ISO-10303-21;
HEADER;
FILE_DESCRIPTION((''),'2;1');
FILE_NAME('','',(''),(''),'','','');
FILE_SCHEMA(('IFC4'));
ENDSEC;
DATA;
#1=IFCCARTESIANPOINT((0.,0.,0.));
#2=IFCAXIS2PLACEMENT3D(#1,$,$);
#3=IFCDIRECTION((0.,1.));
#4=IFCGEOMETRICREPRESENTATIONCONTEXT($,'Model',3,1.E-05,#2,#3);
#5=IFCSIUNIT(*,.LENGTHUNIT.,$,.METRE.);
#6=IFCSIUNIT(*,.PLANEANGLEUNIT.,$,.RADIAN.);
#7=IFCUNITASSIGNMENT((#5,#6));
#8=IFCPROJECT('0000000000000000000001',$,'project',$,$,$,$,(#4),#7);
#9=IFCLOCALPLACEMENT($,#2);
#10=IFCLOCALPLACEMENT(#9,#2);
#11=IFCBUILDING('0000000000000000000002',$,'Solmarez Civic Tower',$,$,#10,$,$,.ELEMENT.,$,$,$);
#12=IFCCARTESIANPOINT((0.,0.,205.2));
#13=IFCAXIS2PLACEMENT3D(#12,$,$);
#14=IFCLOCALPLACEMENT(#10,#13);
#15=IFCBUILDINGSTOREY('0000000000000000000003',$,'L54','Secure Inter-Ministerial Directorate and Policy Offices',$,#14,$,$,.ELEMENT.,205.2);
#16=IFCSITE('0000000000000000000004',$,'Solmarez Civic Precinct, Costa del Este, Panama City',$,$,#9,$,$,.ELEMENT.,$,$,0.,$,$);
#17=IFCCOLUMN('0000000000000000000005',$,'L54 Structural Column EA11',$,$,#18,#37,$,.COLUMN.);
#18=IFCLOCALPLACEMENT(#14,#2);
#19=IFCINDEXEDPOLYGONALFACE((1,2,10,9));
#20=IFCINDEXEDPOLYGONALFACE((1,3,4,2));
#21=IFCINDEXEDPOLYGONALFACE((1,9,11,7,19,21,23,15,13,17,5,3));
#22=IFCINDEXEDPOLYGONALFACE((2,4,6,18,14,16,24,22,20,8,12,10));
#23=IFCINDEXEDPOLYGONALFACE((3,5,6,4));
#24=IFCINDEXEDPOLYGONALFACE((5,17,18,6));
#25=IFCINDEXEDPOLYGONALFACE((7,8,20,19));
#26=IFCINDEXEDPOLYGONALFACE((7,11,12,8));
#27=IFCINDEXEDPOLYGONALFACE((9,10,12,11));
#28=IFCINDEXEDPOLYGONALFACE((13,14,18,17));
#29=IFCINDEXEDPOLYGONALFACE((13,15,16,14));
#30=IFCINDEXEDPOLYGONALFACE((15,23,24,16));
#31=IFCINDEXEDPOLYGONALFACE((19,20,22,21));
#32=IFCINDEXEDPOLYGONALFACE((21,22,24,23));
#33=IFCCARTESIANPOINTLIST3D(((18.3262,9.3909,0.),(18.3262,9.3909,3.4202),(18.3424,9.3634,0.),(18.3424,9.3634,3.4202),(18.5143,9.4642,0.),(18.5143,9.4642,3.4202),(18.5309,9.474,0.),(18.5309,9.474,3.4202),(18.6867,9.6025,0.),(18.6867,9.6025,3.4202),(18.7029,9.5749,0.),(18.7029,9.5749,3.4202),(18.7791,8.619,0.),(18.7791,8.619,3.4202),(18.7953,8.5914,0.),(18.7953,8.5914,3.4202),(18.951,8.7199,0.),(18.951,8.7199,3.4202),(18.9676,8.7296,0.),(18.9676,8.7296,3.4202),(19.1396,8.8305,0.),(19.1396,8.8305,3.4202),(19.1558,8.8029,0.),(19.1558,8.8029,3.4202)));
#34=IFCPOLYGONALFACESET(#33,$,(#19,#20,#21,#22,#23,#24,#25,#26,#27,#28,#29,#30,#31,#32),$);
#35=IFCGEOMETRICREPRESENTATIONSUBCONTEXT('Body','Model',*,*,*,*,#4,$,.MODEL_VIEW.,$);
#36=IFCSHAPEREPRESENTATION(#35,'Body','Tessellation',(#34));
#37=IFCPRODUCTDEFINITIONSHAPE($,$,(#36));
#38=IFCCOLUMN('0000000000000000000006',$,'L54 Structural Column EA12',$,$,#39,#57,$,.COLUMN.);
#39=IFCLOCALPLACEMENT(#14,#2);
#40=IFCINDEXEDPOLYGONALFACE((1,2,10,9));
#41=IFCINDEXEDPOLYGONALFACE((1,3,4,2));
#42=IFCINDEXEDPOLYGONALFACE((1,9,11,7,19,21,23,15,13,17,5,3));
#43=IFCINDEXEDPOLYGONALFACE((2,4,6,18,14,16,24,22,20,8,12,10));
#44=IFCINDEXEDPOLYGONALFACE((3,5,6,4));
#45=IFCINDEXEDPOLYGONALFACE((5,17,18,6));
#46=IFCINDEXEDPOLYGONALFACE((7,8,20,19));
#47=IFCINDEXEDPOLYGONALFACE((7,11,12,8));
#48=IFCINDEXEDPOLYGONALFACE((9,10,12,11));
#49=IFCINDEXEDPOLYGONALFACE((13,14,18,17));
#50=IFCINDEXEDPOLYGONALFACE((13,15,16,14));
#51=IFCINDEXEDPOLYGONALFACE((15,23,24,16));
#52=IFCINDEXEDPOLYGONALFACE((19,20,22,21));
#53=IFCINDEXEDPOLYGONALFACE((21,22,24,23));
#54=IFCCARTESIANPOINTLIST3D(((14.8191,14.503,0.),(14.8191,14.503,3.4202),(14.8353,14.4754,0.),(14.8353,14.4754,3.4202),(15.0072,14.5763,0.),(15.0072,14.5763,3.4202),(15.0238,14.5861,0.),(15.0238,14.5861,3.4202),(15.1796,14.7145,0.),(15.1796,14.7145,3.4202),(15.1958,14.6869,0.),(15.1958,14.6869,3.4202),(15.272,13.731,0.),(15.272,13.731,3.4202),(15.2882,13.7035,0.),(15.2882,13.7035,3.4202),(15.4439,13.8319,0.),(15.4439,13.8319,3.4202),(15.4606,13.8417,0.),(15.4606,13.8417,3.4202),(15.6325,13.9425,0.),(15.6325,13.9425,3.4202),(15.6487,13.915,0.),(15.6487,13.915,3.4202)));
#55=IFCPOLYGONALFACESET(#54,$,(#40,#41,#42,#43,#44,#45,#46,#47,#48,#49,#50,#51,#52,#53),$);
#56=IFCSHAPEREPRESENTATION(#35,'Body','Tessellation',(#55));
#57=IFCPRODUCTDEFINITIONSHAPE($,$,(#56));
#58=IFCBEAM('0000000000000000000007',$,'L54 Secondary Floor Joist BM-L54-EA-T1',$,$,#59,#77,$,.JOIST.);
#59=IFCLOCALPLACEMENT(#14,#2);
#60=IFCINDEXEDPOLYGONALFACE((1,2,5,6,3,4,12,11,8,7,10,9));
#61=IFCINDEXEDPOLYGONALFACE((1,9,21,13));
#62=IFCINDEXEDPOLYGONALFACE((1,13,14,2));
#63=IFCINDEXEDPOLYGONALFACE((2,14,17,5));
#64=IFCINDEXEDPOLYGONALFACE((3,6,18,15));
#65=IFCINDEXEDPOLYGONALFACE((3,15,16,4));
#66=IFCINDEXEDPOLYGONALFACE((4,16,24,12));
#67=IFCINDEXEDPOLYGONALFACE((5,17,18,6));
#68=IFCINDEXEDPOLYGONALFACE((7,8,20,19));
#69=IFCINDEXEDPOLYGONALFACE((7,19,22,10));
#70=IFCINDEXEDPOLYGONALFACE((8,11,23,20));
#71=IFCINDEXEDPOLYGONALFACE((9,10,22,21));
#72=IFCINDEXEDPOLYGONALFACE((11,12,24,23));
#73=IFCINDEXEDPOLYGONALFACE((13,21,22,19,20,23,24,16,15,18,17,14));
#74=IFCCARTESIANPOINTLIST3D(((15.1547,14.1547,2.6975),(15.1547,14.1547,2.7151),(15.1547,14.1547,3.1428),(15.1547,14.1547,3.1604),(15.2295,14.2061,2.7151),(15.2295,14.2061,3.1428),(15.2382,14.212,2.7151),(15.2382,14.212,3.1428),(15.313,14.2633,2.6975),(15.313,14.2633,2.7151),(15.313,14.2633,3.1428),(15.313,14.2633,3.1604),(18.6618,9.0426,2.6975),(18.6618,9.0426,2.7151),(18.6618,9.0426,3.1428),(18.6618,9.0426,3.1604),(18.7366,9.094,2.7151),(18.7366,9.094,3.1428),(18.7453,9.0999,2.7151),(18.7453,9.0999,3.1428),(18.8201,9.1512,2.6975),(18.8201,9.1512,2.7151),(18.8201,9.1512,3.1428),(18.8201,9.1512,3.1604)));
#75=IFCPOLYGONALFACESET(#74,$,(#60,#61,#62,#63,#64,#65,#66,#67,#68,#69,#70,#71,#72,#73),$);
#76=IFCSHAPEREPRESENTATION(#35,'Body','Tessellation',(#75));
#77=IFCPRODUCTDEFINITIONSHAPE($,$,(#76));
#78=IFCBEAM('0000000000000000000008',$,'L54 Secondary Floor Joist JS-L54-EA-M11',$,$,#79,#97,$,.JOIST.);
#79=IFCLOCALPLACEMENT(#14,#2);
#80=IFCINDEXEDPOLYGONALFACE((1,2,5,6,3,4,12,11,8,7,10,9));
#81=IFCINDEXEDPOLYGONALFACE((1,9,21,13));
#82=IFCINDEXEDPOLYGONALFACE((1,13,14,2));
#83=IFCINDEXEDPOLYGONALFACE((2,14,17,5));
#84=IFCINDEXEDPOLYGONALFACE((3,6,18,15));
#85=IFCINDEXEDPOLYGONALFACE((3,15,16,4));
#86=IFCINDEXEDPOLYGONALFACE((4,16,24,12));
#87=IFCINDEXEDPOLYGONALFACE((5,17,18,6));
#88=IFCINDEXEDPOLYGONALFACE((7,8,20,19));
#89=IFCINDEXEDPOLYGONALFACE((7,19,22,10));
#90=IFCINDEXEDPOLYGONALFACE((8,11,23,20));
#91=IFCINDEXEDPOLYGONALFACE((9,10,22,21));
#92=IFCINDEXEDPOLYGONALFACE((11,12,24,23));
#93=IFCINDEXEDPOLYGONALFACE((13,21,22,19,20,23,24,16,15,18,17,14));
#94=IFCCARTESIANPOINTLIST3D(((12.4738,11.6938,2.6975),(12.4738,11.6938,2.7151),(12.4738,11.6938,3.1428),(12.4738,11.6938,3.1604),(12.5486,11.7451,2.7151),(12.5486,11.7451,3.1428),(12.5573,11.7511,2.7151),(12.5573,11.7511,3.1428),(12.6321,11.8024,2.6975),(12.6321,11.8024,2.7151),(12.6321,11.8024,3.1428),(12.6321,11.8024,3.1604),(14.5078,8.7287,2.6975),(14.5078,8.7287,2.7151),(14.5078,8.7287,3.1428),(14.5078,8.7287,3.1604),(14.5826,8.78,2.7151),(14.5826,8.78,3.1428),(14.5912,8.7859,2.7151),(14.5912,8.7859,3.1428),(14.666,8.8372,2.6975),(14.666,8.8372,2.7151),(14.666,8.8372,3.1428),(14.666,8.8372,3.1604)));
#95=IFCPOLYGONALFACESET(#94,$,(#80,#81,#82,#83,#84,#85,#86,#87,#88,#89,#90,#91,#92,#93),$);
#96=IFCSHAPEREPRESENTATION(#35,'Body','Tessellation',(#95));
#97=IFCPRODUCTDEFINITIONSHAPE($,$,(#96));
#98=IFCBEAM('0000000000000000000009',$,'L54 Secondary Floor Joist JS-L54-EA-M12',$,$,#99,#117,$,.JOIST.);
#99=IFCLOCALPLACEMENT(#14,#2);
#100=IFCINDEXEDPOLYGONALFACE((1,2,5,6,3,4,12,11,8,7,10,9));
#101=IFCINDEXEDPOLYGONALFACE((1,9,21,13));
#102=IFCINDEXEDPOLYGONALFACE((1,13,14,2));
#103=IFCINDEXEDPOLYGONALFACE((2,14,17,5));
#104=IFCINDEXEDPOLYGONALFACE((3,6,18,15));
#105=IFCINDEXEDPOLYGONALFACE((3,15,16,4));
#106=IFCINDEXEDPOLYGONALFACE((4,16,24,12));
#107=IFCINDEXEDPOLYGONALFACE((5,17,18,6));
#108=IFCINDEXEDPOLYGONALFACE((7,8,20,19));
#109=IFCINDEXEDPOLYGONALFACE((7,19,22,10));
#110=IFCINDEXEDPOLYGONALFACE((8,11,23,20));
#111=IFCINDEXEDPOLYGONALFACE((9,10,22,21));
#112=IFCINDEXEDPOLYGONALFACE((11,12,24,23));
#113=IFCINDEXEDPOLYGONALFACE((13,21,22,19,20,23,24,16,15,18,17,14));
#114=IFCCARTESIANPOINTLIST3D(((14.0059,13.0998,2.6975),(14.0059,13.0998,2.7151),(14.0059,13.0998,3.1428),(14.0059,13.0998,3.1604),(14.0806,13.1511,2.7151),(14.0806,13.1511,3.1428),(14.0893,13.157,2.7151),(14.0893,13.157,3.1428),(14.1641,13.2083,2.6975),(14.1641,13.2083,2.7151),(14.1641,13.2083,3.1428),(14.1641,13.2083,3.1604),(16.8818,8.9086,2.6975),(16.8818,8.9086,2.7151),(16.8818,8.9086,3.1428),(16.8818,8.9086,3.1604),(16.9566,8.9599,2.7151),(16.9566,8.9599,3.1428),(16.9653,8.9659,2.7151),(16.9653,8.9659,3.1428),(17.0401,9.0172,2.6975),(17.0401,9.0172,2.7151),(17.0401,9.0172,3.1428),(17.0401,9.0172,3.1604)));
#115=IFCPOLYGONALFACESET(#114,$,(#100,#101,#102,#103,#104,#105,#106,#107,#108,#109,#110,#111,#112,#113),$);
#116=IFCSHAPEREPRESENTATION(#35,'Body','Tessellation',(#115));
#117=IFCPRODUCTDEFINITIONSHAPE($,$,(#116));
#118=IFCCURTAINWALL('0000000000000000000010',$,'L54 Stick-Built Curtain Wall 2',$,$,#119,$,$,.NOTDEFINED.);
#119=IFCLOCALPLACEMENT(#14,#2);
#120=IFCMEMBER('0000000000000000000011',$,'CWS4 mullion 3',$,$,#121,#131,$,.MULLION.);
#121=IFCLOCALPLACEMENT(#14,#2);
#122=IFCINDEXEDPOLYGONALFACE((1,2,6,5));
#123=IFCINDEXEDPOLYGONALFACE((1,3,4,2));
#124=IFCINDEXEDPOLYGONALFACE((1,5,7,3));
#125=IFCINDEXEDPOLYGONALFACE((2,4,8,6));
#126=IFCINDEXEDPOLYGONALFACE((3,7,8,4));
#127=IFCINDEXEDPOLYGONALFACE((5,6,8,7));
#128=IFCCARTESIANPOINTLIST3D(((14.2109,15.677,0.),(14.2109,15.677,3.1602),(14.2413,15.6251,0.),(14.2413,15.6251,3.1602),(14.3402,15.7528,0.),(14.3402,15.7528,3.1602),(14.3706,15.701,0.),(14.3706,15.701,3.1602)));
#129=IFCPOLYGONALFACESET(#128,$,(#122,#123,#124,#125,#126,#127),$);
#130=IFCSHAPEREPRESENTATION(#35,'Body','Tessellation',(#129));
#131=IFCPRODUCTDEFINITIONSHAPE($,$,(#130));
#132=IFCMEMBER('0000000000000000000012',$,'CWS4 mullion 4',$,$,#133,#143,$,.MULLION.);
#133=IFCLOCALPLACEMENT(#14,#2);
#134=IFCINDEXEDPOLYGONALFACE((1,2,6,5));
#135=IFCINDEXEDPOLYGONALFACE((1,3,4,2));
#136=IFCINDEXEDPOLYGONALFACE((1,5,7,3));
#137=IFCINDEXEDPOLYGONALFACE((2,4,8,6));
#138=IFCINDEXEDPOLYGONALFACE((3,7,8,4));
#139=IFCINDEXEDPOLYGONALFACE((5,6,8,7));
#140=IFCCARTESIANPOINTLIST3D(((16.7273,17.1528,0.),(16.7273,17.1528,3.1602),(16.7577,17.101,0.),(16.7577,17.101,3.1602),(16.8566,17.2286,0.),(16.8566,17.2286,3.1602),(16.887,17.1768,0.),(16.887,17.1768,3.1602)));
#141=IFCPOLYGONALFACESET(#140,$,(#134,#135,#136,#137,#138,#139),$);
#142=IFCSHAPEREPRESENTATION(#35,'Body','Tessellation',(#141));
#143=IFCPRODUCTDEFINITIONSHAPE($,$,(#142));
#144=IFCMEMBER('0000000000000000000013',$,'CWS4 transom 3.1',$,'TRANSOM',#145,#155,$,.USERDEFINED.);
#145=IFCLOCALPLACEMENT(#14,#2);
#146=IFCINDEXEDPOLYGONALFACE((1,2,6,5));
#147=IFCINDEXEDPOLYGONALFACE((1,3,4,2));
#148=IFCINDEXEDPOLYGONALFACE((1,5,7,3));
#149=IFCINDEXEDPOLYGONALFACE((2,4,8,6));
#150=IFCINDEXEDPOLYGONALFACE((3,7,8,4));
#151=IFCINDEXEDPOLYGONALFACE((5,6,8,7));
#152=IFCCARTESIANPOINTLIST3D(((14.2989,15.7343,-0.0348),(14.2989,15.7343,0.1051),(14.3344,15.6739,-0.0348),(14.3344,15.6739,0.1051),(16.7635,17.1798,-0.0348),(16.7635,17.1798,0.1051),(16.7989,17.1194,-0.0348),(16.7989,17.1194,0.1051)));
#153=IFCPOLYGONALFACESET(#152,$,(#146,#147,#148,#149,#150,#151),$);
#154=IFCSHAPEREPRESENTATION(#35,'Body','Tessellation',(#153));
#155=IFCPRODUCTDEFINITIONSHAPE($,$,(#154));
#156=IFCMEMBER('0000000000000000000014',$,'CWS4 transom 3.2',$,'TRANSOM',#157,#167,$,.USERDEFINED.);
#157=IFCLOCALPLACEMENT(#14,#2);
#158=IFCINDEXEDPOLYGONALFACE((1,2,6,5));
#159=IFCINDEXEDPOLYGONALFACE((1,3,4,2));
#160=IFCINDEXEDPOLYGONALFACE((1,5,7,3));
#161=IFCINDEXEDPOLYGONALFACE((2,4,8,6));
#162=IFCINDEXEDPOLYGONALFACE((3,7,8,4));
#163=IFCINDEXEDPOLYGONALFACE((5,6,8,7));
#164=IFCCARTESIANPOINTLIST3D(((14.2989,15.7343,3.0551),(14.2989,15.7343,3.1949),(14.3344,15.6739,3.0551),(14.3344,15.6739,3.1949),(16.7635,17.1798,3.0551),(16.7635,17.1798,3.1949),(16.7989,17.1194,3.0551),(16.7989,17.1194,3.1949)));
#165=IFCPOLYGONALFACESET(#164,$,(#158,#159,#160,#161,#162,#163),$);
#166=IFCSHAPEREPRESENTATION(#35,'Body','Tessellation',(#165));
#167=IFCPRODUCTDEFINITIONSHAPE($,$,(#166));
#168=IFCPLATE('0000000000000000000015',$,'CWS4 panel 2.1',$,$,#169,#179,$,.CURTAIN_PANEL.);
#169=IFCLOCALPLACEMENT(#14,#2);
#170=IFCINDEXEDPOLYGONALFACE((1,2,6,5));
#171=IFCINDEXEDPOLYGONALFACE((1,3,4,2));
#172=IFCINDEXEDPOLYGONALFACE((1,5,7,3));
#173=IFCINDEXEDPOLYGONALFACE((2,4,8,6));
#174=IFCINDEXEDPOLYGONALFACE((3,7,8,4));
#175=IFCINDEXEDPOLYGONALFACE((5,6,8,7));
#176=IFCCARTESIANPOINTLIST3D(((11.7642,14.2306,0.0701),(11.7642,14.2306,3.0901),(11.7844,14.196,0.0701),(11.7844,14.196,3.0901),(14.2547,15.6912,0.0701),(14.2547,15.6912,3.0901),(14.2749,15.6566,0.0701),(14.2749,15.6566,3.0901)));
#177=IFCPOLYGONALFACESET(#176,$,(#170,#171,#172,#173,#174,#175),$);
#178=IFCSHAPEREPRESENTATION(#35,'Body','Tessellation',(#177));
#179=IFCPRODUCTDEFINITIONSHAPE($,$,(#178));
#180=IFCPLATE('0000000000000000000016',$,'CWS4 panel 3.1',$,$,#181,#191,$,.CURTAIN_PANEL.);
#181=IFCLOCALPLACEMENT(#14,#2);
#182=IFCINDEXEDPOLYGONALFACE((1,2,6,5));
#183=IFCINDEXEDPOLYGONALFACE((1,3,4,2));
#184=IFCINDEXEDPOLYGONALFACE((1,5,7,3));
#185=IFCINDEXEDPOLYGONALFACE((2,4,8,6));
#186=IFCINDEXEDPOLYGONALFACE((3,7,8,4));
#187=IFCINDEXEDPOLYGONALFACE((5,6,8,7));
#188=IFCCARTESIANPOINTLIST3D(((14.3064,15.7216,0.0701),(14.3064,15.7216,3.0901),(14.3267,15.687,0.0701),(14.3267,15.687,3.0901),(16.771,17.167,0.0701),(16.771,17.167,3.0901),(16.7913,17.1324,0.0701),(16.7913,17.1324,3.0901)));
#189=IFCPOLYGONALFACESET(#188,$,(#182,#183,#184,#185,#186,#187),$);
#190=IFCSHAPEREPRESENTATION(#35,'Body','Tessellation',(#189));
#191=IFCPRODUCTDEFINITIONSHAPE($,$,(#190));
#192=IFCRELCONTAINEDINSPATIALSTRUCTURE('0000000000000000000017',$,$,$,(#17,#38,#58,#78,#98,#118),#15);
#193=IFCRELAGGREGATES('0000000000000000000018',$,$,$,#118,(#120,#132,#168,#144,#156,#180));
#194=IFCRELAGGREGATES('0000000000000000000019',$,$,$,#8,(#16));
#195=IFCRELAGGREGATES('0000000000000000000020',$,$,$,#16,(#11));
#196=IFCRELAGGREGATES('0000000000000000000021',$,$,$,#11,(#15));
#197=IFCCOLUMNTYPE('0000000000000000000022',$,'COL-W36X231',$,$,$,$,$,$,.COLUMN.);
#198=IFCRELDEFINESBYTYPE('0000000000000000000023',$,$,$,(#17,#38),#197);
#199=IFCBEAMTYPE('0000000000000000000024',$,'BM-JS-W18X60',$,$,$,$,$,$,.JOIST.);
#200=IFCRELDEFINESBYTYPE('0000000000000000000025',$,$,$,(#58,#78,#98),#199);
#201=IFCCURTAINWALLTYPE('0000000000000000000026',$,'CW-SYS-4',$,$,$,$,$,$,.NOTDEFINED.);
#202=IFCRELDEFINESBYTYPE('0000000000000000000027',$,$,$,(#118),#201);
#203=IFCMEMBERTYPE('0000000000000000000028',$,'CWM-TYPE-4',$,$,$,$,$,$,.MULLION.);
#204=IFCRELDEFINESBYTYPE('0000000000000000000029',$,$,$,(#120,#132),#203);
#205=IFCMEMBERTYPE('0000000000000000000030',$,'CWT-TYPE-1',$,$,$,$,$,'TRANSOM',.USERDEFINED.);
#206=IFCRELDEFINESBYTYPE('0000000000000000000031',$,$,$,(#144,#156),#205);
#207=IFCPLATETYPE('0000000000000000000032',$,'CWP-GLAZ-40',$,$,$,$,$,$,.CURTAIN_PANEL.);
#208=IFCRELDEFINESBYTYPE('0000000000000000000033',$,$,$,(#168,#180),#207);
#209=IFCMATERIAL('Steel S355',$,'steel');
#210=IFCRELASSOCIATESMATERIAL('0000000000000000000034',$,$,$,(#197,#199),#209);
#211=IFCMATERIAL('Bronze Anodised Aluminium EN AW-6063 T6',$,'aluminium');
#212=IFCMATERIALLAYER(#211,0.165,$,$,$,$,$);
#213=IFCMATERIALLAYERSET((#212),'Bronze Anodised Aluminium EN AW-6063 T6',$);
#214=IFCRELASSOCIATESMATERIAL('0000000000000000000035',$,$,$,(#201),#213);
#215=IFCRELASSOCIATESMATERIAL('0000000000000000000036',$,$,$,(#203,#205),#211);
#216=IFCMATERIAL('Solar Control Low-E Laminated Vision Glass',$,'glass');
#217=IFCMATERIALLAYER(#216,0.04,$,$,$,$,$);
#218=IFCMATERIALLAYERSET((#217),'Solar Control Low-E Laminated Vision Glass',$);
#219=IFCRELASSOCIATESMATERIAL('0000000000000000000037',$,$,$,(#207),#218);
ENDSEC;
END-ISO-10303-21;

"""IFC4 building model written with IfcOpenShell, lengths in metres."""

from ifc_helpers import new_model, si_unit, direction, frame, origin, origin_2d, place, context, subcontext, project, spatial, rectangle, i_section, extrude, material, layer, layer_set, material_profile, profile_set, type_object, element, aggregate, save


model = new_model("IFC4")

# Units and contexts
model_context = context("Model", 3, precision=1e-05, world=origin(), true_north=direction((0.0, 1.0)))
body_context = subcontext(model_context, "Body", "Model", "MODEL_VIEW")
ifc_project = project(units=[si_unit("LENGTHUNIT", "METRE"), si_unit("PLANEANGLEUNIT", "RADIAN")], contexts=[model_context])

# Site, building, storey
site_placement = place(None, origin())
site = spatial("IfcSite", under=ifc_project, at=site_placement, Name="Solmarez Civic Precinct, Costa del Este, Panama City", CompositionType="ELEMENT", RefElevation=0.0)
building_placement = place(site_placement, origin())
building = spatial("IfcBuilding", under=site, at=building_placement, Name="Solmarez Civic Tower", CompositionType="ELEMENT")
storey_placement = place(building_placement, frame((0.0, 0.0, 205.2)))
storey = spatial("IfcBuildingStorey", under=building, at=storey_placement, Name="L54", Description="Secure Inter-Ministerial Directorate and Policy Offices", CompositionType="ELEMENT", Elevation=205.2)

# Columns
ifc_material_1 = material(Name="Steel S355", Category="steel")
ifc_material_profile_1 = material_profile(ifc_material_1, i_section(OverallWidth=0.418, OverallDepth=0.927, WebThickness=0.0193, FlangeThickness=0.032, at=origin_2d()), Name="W36X231")
ifc_profile_set_1 = profile_set([ifc_material_profile_1], Name="Steel S355")
column_type = type_object("IfcColumnType", Name="COL-W36X231", PredefinedType="COLUMN", material=ifc_profile_set_1)
for number, where, z_axis, x_axis, name in (
    (1, (18.741, 9.0969, 0.0), (0.0, 0.0, 1.0), (0.862514, 0.506034, 0.0), "L54 Structural Column EA11"),
    (2, (15.2339, 14.209, 0.0), (0.0, 0.0, 1.0), (0.862514, 0.506034, 0.0), "L54 Structural Column EA12"),
):
    element("IfcColumn", number, at=place(storey_placement, frame(where, z_axis=z_axis, x_axis=x_axis)), inside=storey, type_object=column_type, Name=name, PredefinedType="COLUMN", context=body_context, shape_type="SweptSolid", body=[
        extrude(i_section(OverallWidth=0.418, OverallDepth=0.927, WebThickness=0.0193, FlangeThickness=0.032, at=origin_2d()), origin(), (0.0, 0.0, 1.0), 3.4202),
    ])

# Beams
ifc_material_profile_2 = material_profile(ifc_material_1, i_section(OverallWidth=0.1919, OverallDepth=0.4629, WebThickness=0.0105, FlangeThickness=0.0176, at=origin_2d()), Name="W18X60")
ifc_profile_set_2 = profile_set([ifc_material_profile_2], Name="Steel S355")
beam_type = type_object("IfcBeamType", Name="BM-JS-W18X60", PredefinedType="JOIST", material=ifc_profile_set_2)
beam_1_placement = place(storey_placement, frame((18.741, 9.0969, 2.929), z_axis=(-0.565711, 0.824603, 0.0), x_axis=(-0.824603, -0.565711, 0.0)))
element("IfcBeam", 3, at=beam_1_placement, inside=storey, type_object=beam_type, Name="L54 Secondary Floor Joist BM-L54-EA-T1", PredefinedType="JOIST", context=body_context, shape_type="SweptSolid", body=[
    extrude(i_section(OverallWidth=0.1919, OverallDepth=0.4629, WebThickness=0.0105, FlangeThickness=0.0176, at=origin_2d()), origin(), (0.0, 0.0, 1.0), 6.1995),
])
beam_2_placement = place(storey_placement, frame((14.5869, 8.783, 2.929), z_axis=(-0.565667, 0.824634, 0.0), x_axis=(-0.824634, -0.565667, 0.0)))
element("IfcBeam", 4, at=beam_2_placement, inside=storey, type_object=beam_type, Name="L54 Secondary Floor Joist JS-L54-EA-M11", PredefinedType="JOIST", context=body_context, shape_type="SweptSolid", body=[
    extrude(i_section(OverallWidth=0.1919, OverallDepth=0.4629, WebThickness=0.0105, FlangeThickness=0.0176, at=origin_2d()), origin(), (0.0, 0.0, 1.0), 3.5957),
])
beam_3_placement = place(storey_placement, frame((16.9609, 8.9629, 2.929), z_axis=(-0.565801, 0.824542, 0.0), x_axis=(-0.824542, -0.565801, 0.0)))
element("IfcBeam", 5, at=beam_3_placement, inside=storey, type_object=beam_type, Name="L54 Secondary Floor Joist JS-L54-EA-M12", PredefinedType="JOIST", context=body_context, shape_type="SweptSolid", body=[
    extrude(i_section(OverallWidth=0.1919, OverallDepth=0.4629, WebThickness=0.0105, FlangeThickness=0.0176, at=origin_2d()), origin(), (0.0, 0.0, 1.0), 5.083),
])

# Curtain wall, members, plates
ifc_material_2 = material(Name="Bronze Anodised Aluminium EN AW-6063 T6", Category="aluminium")
ifc_layer_1 = layer(ifc_material_2, 0.165)
ifc_layer_set_1 = layer_set([ifc_layer_1], Name="Bronze Anodised Aluminium EN AW-6063 T6")
curtain_wall_type = type_object("IfcCurtainWallType", Name="CW-SYS-4", PredefinedType="NOTDEFINED", material=ifc_layer_set_1)
curtain_wall_placement = place(storey_placement, origin())
curtain_wall = element("IfcCurtainWall", 6, at=curtain_wall_placement, inside=storey, type_object=curtain_wall_type, Name="L54 Stick-Built Curtain Wall 2", PredefinedType="NOTDEFINED")
ifc_material_profile_3 = material_profile(ifc_material_2, rectangle(XDim=0.0601, YDim=0.1499, at=origin_2d()), Name="CWM-60X150")
ifc_profile_set_3 = profile_set([ifc_material_profile_3], Name="Bronze Anodised Aluminium EN AW-6063 T6")
member_type_1 = type_object("IfcMemberType", Name="CWM-TYPE-4", PredefinedType="MULLION", material=ifc_profile_set_3)
member_1_placement = place(storey_placement, frame((14.2908, 15.689, 0.0), z_axis=(0.0, 0.0, 1.0), x_axis=(-0.505888, 0.862599, 0.0)))
member_1 = element("IfcMember", 7, at=member_1_placement, type_object=member_type_1, Name="CWS4 mullion 3", PredefinedType="MULLION", context=body_context, shape_type="SweptSolid", body=[
    extrude(rectangle(XDim=0.0601, YDim=0.1499, at=origin_2d()), origin(), (0.0, 0.0, 1.0), 3.1602),
])
member_2_placement = place(storey_placement, frame((16.8071, 17.1648, 0.0), z_axis=(0.0, 0.0, 1.0), x_axis=(-0.505888, 0.862599, 0.0)))
member_2 = element("IfcMember", 8, at=member_2_placement, type_object=member_type_1, Name="CWS4 mullion 4", PredefinedType="MULLION", context=body_context, shape_type="SweptSolid", body=[
    extrude(rectangle(XDim=0.0601, YDim=0.1499, at=origin_2d()), origin(), (0.0, 0.0, 1.0), 3.1602),
])
ifc_material_profile_4 = material_profile(ifc_material_2, rectangle(XDim=0.0701, YDim=0.1399, at=origin_2d()), Name="CWT-70X140")
ifc_profile_set_4 = profile_set([ifc_material_profile_4], Name="Bronze Anodised Aluminium EN AW-6063 T6")
member_type_2 = type_object("IfcMemberType", Name="CWT-TYPE-1", ElementType="TRANSOM", PredefinedType="USERDEFINED", material=ifc_profile_set_4)
member_3_placement = place(storey_placement, frame((14.3167, 15.7041, 0.0352), z_axis=(0.862577, 0.505926, 0.0), x_axis=(-0.505926, 0.862577, 0.0)))
member_3 = element("IfcMember", 9, at=member_3_placement, type_object=member_type_2, Name="CWS4 transom 3.1", ObjectType="TRANSOM", PredefinedType="USERDEFINED", context=body_context, shape_type="SweptSolid", body=[
    extrude(rectangle(XDim=0.0701, YDim=0.1399, at=origin_2d()), origin(), (0.0, 0.0, 1.0), 2.8572),
])
member_4_placement = place(storey_placement, frame((14.3167, 15.7041, 3.125), z_axis=(0.862577, 0.505926, 0.0), x_axis=(-0.505926, 0.862577, 0.0)))
member_4 = element("IfcMember", 10, at=member_4_placement, type_object=member_type_2, Name="CWS4 transom 3.2", ObjectType="TRANSOM", PredefinedType="USERDEFINED", context=body_context, shape_type="SweptSolid", body=[
    extrude(rectangle(XDim=0.0701, YDim=0.1399, at=origin_2d()), origin(), (0.0, 0.0, 1.0), 2.8572),
])
ifc_material_3 = material(Name="Solar Control Low-E Laminated Vision Glass", Category="glass")
ifc_layer_2 = layer(ifc_material_3, 0.04)
ifc_layer_set_2 = layer_set([ifc_layer_2], Name="Solar Control Low-E Laminated Vision Glass")
plate_type = type_object("IfcPlateType", Name="CWP-GLAZ-40", PredefinedType="CURTAIN_PANEL", material=ifc_layer_set_2)
plate_1_placement = place(storey_placement, frame((13.0195, 14.9436, 0.0701), z_axis=(0.0, 0.0, 1.0), x_axis=(0.862599, 0.505888, 0.0)))
plate_1 = element("IfcPlate", 11, at=plate_1_placement, type_object=plate_type, Name="CWS4 panel 2.1", PredefinedType="CURTAIN_PANEL", context=body_context, shape_type="SweptSolid", body=[
    extrude(rectangle(XDim=2.8872, YDim=0.04, at=origin_2d()), origin(), (0.0, 0.0, 1.0), 3.02),
])
plate_2_placement = place(storey_placement, frame((15.5488, 16.427, 0.0701), z_axis=(0.0, 0.0, 1.0), x_axis=(0.862599, 0.505888, 0.0)))
plate_2 = element("IfcPlate", 12, at=plate_2_placement, type_object=plate_type, Name="CWS4 panel 3.1", PredefinedType="CURTAIN_PANEL", context=body_context, shape_type="SweptSolid", body=[
    extrude(rectangle(XDim=2.8572, YDim=0.04, at=origin_2d()), origin(), (0.0, 0.0, 1.0), 3.02),
])
aggregate(curtain_wall, [member_1, member_2, plate_1, member_3, member_4, plate_2])

save(model, "model.ifc")
